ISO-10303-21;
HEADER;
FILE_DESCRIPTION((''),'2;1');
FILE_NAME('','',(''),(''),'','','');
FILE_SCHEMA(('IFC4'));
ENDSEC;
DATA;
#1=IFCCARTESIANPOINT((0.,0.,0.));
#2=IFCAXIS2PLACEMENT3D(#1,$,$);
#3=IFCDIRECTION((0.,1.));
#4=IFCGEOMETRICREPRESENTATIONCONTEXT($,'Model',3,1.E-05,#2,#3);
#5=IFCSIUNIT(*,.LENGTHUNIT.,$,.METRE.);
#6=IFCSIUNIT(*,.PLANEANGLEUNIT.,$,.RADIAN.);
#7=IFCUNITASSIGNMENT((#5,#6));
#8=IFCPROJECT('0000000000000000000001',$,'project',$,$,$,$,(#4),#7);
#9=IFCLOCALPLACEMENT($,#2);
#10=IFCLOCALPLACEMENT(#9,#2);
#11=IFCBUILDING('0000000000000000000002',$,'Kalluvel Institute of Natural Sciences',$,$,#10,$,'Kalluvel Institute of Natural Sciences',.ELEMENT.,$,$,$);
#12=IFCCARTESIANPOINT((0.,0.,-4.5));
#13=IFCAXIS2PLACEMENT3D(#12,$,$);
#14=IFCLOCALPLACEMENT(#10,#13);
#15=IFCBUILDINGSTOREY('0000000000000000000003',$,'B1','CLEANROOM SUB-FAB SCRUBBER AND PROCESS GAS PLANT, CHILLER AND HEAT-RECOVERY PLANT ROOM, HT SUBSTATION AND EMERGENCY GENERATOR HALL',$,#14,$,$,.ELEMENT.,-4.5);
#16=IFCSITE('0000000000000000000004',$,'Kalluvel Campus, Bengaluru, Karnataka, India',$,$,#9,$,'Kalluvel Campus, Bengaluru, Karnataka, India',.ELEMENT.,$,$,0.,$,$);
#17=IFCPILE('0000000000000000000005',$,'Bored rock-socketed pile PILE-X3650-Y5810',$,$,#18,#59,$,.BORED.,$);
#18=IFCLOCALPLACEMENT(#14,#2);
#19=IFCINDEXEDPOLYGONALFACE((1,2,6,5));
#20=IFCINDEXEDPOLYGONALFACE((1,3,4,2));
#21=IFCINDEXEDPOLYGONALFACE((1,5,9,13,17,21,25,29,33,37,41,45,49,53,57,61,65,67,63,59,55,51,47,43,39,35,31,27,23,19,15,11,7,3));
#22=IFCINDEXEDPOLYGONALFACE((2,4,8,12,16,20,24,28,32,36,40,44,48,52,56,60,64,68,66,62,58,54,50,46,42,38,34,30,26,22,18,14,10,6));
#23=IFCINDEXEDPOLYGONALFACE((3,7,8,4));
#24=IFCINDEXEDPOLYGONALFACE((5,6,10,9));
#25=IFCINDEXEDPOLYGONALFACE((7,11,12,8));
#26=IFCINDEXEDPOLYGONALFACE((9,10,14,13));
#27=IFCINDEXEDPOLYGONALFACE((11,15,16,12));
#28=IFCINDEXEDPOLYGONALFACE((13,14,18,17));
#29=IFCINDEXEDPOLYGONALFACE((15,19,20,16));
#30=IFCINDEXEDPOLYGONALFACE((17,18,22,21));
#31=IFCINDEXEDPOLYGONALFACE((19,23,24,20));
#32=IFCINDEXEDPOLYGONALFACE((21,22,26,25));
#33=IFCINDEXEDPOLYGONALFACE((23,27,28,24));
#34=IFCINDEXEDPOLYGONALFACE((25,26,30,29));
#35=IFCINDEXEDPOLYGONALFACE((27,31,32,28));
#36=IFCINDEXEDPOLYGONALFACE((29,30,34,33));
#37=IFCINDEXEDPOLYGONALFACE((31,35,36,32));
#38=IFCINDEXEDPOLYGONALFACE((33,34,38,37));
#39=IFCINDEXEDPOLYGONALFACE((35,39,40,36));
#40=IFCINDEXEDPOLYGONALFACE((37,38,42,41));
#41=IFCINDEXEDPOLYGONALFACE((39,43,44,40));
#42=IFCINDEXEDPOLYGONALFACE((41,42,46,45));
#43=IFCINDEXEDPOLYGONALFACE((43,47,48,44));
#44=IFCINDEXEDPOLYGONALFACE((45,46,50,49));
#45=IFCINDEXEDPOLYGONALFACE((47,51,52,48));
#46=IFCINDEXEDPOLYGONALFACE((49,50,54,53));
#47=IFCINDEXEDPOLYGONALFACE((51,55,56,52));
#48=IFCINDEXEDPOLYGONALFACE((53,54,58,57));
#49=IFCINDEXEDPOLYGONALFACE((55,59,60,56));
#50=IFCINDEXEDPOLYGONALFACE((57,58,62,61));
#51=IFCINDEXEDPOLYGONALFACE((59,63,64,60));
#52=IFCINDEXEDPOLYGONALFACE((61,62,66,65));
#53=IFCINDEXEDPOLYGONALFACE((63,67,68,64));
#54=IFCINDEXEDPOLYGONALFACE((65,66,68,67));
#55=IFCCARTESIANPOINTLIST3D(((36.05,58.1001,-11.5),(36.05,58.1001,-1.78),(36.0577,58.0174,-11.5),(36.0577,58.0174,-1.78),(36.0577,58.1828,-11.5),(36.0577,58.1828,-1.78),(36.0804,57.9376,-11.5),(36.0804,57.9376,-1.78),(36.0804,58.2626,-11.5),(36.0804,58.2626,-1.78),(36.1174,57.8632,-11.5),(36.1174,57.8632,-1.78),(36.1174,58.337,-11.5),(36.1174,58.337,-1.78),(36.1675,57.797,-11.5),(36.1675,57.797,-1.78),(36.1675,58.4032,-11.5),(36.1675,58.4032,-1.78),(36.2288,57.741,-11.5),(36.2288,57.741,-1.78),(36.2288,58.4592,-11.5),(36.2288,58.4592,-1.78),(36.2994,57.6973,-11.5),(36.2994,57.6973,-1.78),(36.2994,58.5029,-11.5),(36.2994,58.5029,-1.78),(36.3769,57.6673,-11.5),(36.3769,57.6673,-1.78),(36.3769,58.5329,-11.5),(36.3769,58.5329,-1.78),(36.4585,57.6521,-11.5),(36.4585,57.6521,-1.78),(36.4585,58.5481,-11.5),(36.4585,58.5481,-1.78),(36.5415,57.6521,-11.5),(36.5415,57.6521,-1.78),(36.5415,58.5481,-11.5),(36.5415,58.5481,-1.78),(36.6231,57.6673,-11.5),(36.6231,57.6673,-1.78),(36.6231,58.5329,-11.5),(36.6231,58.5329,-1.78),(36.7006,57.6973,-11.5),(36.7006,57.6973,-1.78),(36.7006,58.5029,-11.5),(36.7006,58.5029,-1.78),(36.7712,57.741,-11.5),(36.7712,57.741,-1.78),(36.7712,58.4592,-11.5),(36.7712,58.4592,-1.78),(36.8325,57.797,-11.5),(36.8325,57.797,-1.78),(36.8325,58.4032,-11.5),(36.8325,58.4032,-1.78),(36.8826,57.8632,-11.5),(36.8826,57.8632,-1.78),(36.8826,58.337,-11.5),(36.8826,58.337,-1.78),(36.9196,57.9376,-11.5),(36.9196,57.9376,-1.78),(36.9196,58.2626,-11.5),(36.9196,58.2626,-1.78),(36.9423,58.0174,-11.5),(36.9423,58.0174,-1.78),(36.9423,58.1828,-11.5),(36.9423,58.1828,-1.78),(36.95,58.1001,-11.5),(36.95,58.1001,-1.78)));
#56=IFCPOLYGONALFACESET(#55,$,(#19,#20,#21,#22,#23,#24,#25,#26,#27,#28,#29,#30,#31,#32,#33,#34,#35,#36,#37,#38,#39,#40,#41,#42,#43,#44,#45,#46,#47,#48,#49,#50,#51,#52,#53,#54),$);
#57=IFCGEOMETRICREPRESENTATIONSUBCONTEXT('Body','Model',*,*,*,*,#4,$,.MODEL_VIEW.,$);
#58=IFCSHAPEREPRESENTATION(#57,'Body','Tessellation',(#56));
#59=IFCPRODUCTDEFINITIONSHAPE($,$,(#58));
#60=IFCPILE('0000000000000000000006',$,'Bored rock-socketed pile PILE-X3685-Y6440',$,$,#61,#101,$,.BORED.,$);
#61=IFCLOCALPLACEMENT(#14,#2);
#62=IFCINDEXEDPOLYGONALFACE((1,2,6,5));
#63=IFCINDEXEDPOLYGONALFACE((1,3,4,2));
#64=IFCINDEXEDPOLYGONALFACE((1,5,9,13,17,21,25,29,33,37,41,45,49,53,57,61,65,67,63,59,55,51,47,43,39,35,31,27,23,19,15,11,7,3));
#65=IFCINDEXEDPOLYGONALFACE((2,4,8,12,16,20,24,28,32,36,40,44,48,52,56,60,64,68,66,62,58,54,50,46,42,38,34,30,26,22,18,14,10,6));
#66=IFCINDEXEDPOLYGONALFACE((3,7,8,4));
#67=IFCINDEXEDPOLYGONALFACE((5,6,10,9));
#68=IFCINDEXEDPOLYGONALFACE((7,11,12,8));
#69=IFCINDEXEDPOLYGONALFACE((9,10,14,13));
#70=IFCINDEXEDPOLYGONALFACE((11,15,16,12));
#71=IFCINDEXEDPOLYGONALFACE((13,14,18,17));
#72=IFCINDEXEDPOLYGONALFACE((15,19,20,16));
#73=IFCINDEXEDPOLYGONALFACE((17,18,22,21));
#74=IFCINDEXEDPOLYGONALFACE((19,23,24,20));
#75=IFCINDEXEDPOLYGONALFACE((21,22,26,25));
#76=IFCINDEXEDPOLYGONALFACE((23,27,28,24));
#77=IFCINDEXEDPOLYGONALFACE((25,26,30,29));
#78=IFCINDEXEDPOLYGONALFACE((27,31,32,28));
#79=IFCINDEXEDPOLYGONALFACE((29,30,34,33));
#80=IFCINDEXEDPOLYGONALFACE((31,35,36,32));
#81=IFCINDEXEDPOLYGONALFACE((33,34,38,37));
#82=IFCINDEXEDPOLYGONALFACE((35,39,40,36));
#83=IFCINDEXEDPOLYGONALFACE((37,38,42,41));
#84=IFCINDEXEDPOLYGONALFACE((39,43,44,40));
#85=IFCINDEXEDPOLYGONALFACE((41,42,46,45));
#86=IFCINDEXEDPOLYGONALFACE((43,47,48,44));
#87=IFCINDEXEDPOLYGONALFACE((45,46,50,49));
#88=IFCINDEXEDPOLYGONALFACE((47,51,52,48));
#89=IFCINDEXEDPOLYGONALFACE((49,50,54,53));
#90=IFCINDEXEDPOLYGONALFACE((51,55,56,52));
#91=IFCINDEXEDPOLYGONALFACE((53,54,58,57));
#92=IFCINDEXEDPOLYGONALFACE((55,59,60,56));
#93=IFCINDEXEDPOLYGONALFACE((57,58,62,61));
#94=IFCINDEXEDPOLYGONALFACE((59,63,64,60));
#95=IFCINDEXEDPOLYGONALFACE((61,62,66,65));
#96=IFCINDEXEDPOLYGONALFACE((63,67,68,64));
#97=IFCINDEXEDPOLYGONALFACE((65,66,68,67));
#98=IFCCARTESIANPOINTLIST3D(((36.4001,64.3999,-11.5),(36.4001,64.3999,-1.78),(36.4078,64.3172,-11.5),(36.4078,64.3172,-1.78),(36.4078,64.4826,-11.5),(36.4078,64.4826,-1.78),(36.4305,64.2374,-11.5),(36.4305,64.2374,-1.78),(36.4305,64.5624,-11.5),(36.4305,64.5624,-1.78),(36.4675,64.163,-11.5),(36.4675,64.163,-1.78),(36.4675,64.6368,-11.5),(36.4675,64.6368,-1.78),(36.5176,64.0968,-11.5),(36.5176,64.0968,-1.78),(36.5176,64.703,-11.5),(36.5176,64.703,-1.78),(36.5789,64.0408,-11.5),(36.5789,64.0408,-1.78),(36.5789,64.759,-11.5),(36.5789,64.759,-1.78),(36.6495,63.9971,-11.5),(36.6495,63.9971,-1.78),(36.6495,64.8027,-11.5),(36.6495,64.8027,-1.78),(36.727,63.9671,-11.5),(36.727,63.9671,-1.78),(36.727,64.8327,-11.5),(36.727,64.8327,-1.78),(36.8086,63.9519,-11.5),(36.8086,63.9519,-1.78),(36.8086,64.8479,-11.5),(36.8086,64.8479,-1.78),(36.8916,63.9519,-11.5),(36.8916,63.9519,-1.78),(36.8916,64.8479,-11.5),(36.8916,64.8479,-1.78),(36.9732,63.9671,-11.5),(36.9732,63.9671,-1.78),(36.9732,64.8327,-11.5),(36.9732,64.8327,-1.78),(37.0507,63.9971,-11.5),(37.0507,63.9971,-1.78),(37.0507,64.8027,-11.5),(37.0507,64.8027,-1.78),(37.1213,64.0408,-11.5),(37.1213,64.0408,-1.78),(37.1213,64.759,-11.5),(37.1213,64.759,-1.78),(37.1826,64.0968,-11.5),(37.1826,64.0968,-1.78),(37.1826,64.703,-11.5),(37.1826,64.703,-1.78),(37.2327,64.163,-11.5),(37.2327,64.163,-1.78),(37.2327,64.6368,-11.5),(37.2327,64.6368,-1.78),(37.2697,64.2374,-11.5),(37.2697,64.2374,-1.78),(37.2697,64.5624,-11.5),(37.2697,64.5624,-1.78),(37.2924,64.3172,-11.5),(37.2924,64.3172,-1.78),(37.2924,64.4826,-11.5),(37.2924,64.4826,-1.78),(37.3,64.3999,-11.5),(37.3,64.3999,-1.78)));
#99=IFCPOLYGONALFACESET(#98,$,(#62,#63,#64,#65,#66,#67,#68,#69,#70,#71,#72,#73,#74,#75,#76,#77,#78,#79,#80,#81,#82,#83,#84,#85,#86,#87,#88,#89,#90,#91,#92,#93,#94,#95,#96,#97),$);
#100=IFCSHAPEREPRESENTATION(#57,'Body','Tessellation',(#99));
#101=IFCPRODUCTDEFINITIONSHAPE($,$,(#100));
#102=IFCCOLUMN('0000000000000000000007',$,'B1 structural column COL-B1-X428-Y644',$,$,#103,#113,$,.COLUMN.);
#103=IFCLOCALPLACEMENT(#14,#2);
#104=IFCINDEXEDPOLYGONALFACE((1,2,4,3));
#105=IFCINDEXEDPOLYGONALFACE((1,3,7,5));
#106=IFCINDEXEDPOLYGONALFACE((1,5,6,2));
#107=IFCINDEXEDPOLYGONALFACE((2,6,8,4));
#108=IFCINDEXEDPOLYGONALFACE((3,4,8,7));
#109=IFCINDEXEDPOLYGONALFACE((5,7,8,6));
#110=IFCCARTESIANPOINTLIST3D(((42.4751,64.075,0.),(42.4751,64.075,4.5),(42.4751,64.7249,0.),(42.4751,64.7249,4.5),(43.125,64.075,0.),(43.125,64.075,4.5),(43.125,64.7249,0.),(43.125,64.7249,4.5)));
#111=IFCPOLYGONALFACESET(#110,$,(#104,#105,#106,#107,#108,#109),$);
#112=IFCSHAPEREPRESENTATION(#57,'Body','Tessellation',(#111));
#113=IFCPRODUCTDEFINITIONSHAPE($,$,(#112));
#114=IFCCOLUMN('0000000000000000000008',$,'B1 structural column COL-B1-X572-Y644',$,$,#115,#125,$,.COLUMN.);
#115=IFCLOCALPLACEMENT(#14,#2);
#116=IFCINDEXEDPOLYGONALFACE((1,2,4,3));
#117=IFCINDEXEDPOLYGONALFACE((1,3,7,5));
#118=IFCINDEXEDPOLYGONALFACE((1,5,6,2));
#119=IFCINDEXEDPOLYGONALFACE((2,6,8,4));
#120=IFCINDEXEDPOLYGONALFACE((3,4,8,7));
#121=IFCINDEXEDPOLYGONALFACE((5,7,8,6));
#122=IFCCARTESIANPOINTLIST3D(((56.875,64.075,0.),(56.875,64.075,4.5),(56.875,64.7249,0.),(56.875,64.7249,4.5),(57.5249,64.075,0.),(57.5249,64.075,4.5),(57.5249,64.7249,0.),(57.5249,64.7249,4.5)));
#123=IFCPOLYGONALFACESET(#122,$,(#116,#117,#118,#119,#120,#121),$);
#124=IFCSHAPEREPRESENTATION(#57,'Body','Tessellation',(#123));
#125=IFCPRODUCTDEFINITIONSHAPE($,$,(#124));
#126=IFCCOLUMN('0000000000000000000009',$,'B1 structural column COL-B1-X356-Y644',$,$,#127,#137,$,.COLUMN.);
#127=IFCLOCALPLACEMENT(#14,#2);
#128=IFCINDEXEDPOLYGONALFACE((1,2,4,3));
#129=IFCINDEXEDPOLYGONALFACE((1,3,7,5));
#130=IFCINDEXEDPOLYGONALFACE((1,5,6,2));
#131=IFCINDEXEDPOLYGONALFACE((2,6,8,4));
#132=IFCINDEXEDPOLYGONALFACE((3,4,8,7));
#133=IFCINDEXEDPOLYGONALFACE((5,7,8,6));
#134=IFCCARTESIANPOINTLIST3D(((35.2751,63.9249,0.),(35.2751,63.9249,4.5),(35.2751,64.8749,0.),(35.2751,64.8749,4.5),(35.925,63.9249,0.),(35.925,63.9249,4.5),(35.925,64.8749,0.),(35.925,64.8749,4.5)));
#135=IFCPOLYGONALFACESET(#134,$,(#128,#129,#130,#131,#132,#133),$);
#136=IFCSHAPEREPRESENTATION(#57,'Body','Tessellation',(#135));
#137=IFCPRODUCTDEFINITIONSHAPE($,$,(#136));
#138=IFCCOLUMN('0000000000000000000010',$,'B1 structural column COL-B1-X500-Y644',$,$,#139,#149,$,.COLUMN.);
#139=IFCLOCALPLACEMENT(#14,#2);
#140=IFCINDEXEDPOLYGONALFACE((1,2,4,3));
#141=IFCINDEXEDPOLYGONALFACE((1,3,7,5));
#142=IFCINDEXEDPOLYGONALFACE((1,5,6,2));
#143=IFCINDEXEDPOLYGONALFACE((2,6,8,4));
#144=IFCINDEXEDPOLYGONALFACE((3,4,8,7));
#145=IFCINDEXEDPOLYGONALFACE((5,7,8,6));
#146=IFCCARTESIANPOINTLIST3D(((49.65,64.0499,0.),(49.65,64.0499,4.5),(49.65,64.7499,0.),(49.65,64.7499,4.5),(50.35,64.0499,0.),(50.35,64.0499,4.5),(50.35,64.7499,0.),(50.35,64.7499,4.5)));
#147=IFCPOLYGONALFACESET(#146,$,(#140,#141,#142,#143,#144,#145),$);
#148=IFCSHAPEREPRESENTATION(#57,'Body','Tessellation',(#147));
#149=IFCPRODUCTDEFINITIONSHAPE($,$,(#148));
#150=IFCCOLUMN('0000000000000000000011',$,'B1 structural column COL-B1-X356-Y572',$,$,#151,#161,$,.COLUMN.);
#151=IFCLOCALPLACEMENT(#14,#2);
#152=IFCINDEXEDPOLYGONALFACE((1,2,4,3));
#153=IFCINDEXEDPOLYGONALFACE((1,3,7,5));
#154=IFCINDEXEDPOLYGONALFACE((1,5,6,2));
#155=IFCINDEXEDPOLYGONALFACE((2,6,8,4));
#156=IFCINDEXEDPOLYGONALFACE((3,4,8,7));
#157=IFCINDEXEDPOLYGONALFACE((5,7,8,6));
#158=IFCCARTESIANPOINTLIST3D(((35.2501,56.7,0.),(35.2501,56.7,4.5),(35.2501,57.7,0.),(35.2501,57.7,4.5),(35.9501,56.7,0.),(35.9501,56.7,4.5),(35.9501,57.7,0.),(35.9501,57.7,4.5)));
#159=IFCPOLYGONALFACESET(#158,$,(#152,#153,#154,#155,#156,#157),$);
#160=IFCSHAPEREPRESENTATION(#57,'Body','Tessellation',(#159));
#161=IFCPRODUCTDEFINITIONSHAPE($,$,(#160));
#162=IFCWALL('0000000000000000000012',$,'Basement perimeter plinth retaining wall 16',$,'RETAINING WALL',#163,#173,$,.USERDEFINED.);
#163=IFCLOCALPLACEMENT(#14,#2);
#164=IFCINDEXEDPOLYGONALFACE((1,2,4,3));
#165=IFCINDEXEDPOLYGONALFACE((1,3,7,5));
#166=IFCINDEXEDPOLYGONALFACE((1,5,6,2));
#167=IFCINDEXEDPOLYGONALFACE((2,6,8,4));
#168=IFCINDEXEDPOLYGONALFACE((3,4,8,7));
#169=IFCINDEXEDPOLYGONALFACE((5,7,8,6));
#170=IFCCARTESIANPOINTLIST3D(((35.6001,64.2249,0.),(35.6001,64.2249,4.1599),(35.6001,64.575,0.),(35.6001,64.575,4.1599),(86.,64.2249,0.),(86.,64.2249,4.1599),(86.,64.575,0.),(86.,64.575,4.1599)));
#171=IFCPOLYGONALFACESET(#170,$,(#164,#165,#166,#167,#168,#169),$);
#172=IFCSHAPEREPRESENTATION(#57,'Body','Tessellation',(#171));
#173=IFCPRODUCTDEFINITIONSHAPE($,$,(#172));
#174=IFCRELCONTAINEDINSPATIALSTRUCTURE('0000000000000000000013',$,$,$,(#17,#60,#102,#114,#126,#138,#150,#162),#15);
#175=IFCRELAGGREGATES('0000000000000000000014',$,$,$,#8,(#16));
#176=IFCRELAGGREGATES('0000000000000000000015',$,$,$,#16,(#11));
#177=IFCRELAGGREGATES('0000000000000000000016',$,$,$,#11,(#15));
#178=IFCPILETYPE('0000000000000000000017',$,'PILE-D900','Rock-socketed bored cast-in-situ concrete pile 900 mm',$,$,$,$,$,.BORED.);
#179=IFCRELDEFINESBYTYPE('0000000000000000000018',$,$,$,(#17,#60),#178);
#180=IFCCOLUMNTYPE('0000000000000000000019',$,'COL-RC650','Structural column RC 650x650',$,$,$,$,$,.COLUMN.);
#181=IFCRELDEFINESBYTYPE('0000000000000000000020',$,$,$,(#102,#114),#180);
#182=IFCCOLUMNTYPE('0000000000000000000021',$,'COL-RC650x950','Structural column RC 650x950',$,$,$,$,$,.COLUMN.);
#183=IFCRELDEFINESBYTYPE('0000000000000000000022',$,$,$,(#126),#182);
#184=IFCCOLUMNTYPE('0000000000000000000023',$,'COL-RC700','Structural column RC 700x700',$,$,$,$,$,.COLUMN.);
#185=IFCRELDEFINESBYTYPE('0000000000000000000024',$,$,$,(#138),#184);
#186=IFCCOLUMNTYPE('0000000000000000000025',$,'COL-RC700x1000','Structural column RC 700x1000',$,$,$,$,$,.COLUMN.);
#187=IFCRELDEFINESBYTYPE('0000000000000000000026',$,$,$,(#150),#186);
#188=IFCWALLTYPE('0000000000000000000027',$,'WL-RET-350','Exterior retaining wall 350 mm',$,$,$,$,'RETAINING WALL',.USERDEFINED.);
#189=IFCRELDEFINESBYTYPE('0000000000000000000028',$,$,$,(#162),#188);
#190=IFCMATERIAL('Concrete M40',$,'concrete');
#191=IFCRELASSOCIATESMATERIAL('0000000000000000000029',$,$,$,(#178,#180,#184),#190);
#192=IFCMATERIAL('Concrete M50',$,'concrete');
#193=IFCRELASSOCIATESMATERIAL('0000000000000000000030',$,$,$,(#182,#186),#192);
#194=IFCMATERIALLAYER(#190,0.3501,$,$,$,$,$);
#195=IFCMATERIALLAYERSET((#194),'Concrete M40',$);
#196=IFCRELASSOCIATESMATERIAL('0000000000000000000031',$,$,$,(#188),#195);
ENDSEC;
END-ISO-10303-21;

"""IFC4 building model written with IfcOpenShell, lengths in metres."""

from ifc_helpers import new_model, si_unit, direction, frame, frame_2d, origin, origin_2d, place, context, subcontext, project, spatial, rectangle, circle, extrude, material, layer, layer_set, material_profile, profile_set, type_object, element, save


model = new_model("IFC4")

# Units and contexts
model_context = context("Model", 3, precision=1e-05, world=origin(), true_north=direction((0.0, 1.0)))
body_context = subcontext(model_context, "Body", "Model", "MODEL_VIEW")
ifc_project = project(units=[si_unit("LENGTHUNIT", "METRE"), si_unit("PLANEANGLEUNIT", "RADIAN")], contexts=[model_context])

# Site, building, storey
site_placement = place(None, origin())
site = spatial("IfcSite", under=ifc_project, at=site_placement, Name="Kalluvel Campus, Bengaluru, Karnataka, India", LongName="Kalluvel Campus, Bengaluru, Karnataka, India", CompositionType="ELEMENT", RefElevation=0.0)
building_placement = place(site_placement, origin())
building = spatial("IfcBuilding", under=site, at=building_placement, Name="Kalluvel Institute of Natural Sciences", LongName="Kalluvel Institute of Natural Sciences", CompositionType="ELEMENT")
storey_placement = place(building_placement, frame((0.0, 0.0, -4.5)))
storey = spatial("IfcBuildingStorey", under=building, at=storey_placement, Name="B1", Description="CLEANROOM SUB-FAB SCRUBBER AND PROCESS GAS PLANT, CHILLER AND HEAT-RECOVERY PLANT ROOM, HT SUBSTATION AND EMERGENCY GENERATOR HALL", CompositionType="ELEMENT", Elevation=-4.5)

# Shared definitions
ifc_material_1 = material(Name="Concrete M40", Category="concrete")

# Piles
ifc_material_profile_1 = material_profile(ifc_material_1, circle(Radius=0.45, at=origin_2d()), Name="PILE D900")
ifc_profile_set_1 = profile_set([ifc_material_profile_1], Name="Concrete M40")
pile_type_1 = type_object("IfcPileType", Name="PILE-D900", Description="Rock-socketed bored cast-in-situ concrete pile 900 mm", PredefinedType="BORED", material=ifc_profile_set_1)
for number, where, z_axis, x_axis, name in (
    (1, (36.5, 58.1001, -1.78), (0.0, 0.0, -1.0), (1.0, 0.0, 0.0), "Bored rock-socketed pile PILE-X3650-Y5810"),
    (2, (36.8501, 64.3999, -1.78), (0.0, 0.0, -1.0), (1.0, 0.0, 0.0), "Bored rock-socketed pile PILE-X3685-Y6440"),
):
    element("IfcPile", number, at=place(storey_placement, frame(where, z_axis=z_axis, x_axis=x_axis)), inside=storey, type_object=pile_type_1, Name=name, PredefinedType="BORED", context=body_context, shape_type="SweptSolid", body=[
        extrude(circle(Radius=0.45, at=origin_2d()), origin(), (0.0, 0.0, 1.0), 9.72),
    ])

# Columns
ifc_material_profile_2 = material_profile(ifc_material_1, rectangle(XDim=0.6499, YDim=0.6499, at=origin_2d()), Name="RC 650x650")
ifc_profile_set_2 = profile_set([ifc_material_profile_2], Name="Concrete M40")
column_type_1 = type_object("IfcColumnType", Name="COL-RC650", Description="Structural column RC 650x650", PredefinedType="COLUMN", material=ifc_profile_set_2)
for number, where, z_axis, x_axis, name in (
    (3, (42.8, 64.3999, 0.0), (0.0, 0.0, 1.0), (1.0, 0.0, 0.0), "B1 structural column COL-B1-X428-Y644"),
    (4, (57.2, 64.3999, 0.0), (0.0, 0.0, 1.0), (1.0, 0.0, 0.0), "B1 structural column COL-B1-X572-Y644"),
):
    element("IfcColumn", number, at=place(storey_placement, frame(where, z_axis=z_axis, x_axis=x_axis)), inside=storey, type_object=column_type_1, Name=name, PredefinedType="COLUMN", context=body_context, shape_type="SweptSolid", body=[
        extrude(rectangle(XDim=0.6499, YDim=0.6499, at=origin_2d()), origin(), (0.0, 0.0, 1.0), 4.5),
    ])
ifc_material_2 = material(Name="Concrete M50", Category="concrete")
ifc_material_profile_3 = material_profile(ifc_material_2, rectangle(XDim=0.6499, YDim=0.95, at=origin_2d()), Name="RC 650x950")
ifc_profile_set_3 = profile_set([ifc_material_profile_3], Name="Concrete M50")
column_type_2 = type_object("IfcColumnType", Name="COL-RC650x950", Description="Structural column RC 650x950", PredefinedType="COLUMN", material=ifc_profile_set_3)
column_1_placement = place(storey_placement, frame((35.6001, 64.3999, 0.0), z_axis=(0.0, 0.0, 1.0), x_axis=(1.0, 0.0, 0.0)))
element("IfcColumn", 5, at=column_1_placement, inside=storey, type_object=column_type_2, Name="B1 structural column COL-B1-X356-Y644", PredefinedType="COLUMN", context=body_context, shape_type="SweptSolid", body=[
    extrude(rectangle(XDim=0.6499, YDim=0.95, at=origin_2d()), origin(), (0.0, 0.0, 1.0), 4.5),
])
ifc_material_profile_4 = material_profile(ifc_material_1, rectangle(XDim=0.7, YDim=0.7, at=origin_2d()), Name="RC 700x700")
ifc_profile_set_4 = profile_set([ifc_material_profile_4], Name="Concrete M40")
column_type_3 = type_object("IfcColumnType", Name="COL-RC700", Description="Structural column RC 700x700", PredefinedType="COLUMN", material=ifc_profile_set_4)
column_2_placement = place(storey_placement, frame((50.0, 64.3999, 0.0), z_axis=(0.0, 0.0, 1.0), x_axis=(1.0, 0.0, 0.0)))
element("IfcColumn", 6, at=column_2_placement, inside=storey, type_object=column_type_3, Name="B1 structural column COL-B1-X500-Y644", PredefinedType="COLUMN", context=body_context, shape_type="SweptSolid", body=[
    extrude(rectangle(XDim=0.7, YDim=0.7, at=origin_2d()), origin(), (0.0, 0.0, 1.0), 4.5),
])
ifc_material_profile_5 = material_profile(ifc_material_2, rectangle(XDim=0.7, YDim=1.0, at=origin_2d()), Name="RC 700x1000")
ifc_profile_set_5 = profile_set([ifc_material_profile_5], Name="Concrete M50")
column_type_4 = type_object("IfcColumnType", Name="COL-RC700x1000", Description="Structural column RC 700x1000", PredefinedType="COLUMN", material=ifc_profile_set_5)
column_3_placement = place(storey_placement, frame((35.6001, 57.2, 0.0), z_axis=(0.0, 0.0, 1.0), x_axis=(1.0, 0.0, 0.0)))
element("IfcColumn", 7, at=column_3_placement, inside=storey, type_object=column_type_4, Name="B1 structural column COL-B1-X356-Y572", PredefinedType="COLUMN", context=body_context, shape_type="SweptSolid", body=[
    extrude(rectangle(XDim=0.7, YDim=1.0, at=origin_2d()), origin(), (0.0, 0.0, 1.0), 4.5),
])

# Wall
ifc_layer = layer(ifc_material_1, 0.3501)
ifc_layer_set = layer_set([ifc_layer], Name="Concrete M40")
wall_type = type_object("IfcWallType", Name="WL-RET-350", Description="Exterior retaining wall 350 mm", ElementType="RETAINING WALL", PredefinedType="USERDEFINED", material=ifc_layer_set)
wall_placement = place(storey_placement, frame((35.6001, 64.3999, 0.0), z_axis=(0.0, 0.0, 1.0), x_axis=(1.0, 0.0, 0.0)))
element("IfcWall", 8, at=wall_placement, inside=storey, type_object=wall_type, Name="Basement perimeter plinth retaining wall 16", ObjectType="RETAINING WALL", PredefinedType="USERDEFINED", context=body_context, shape_type="SweptSolid", body=[
    extrude(rectangle(XDim=50.3999, YDim=0.3501, at=frame_2d((25.2, 0.0))), origin(), (0.0, 0.0, 1.0), 4.1599),
])

save(model, "model.ifc")
